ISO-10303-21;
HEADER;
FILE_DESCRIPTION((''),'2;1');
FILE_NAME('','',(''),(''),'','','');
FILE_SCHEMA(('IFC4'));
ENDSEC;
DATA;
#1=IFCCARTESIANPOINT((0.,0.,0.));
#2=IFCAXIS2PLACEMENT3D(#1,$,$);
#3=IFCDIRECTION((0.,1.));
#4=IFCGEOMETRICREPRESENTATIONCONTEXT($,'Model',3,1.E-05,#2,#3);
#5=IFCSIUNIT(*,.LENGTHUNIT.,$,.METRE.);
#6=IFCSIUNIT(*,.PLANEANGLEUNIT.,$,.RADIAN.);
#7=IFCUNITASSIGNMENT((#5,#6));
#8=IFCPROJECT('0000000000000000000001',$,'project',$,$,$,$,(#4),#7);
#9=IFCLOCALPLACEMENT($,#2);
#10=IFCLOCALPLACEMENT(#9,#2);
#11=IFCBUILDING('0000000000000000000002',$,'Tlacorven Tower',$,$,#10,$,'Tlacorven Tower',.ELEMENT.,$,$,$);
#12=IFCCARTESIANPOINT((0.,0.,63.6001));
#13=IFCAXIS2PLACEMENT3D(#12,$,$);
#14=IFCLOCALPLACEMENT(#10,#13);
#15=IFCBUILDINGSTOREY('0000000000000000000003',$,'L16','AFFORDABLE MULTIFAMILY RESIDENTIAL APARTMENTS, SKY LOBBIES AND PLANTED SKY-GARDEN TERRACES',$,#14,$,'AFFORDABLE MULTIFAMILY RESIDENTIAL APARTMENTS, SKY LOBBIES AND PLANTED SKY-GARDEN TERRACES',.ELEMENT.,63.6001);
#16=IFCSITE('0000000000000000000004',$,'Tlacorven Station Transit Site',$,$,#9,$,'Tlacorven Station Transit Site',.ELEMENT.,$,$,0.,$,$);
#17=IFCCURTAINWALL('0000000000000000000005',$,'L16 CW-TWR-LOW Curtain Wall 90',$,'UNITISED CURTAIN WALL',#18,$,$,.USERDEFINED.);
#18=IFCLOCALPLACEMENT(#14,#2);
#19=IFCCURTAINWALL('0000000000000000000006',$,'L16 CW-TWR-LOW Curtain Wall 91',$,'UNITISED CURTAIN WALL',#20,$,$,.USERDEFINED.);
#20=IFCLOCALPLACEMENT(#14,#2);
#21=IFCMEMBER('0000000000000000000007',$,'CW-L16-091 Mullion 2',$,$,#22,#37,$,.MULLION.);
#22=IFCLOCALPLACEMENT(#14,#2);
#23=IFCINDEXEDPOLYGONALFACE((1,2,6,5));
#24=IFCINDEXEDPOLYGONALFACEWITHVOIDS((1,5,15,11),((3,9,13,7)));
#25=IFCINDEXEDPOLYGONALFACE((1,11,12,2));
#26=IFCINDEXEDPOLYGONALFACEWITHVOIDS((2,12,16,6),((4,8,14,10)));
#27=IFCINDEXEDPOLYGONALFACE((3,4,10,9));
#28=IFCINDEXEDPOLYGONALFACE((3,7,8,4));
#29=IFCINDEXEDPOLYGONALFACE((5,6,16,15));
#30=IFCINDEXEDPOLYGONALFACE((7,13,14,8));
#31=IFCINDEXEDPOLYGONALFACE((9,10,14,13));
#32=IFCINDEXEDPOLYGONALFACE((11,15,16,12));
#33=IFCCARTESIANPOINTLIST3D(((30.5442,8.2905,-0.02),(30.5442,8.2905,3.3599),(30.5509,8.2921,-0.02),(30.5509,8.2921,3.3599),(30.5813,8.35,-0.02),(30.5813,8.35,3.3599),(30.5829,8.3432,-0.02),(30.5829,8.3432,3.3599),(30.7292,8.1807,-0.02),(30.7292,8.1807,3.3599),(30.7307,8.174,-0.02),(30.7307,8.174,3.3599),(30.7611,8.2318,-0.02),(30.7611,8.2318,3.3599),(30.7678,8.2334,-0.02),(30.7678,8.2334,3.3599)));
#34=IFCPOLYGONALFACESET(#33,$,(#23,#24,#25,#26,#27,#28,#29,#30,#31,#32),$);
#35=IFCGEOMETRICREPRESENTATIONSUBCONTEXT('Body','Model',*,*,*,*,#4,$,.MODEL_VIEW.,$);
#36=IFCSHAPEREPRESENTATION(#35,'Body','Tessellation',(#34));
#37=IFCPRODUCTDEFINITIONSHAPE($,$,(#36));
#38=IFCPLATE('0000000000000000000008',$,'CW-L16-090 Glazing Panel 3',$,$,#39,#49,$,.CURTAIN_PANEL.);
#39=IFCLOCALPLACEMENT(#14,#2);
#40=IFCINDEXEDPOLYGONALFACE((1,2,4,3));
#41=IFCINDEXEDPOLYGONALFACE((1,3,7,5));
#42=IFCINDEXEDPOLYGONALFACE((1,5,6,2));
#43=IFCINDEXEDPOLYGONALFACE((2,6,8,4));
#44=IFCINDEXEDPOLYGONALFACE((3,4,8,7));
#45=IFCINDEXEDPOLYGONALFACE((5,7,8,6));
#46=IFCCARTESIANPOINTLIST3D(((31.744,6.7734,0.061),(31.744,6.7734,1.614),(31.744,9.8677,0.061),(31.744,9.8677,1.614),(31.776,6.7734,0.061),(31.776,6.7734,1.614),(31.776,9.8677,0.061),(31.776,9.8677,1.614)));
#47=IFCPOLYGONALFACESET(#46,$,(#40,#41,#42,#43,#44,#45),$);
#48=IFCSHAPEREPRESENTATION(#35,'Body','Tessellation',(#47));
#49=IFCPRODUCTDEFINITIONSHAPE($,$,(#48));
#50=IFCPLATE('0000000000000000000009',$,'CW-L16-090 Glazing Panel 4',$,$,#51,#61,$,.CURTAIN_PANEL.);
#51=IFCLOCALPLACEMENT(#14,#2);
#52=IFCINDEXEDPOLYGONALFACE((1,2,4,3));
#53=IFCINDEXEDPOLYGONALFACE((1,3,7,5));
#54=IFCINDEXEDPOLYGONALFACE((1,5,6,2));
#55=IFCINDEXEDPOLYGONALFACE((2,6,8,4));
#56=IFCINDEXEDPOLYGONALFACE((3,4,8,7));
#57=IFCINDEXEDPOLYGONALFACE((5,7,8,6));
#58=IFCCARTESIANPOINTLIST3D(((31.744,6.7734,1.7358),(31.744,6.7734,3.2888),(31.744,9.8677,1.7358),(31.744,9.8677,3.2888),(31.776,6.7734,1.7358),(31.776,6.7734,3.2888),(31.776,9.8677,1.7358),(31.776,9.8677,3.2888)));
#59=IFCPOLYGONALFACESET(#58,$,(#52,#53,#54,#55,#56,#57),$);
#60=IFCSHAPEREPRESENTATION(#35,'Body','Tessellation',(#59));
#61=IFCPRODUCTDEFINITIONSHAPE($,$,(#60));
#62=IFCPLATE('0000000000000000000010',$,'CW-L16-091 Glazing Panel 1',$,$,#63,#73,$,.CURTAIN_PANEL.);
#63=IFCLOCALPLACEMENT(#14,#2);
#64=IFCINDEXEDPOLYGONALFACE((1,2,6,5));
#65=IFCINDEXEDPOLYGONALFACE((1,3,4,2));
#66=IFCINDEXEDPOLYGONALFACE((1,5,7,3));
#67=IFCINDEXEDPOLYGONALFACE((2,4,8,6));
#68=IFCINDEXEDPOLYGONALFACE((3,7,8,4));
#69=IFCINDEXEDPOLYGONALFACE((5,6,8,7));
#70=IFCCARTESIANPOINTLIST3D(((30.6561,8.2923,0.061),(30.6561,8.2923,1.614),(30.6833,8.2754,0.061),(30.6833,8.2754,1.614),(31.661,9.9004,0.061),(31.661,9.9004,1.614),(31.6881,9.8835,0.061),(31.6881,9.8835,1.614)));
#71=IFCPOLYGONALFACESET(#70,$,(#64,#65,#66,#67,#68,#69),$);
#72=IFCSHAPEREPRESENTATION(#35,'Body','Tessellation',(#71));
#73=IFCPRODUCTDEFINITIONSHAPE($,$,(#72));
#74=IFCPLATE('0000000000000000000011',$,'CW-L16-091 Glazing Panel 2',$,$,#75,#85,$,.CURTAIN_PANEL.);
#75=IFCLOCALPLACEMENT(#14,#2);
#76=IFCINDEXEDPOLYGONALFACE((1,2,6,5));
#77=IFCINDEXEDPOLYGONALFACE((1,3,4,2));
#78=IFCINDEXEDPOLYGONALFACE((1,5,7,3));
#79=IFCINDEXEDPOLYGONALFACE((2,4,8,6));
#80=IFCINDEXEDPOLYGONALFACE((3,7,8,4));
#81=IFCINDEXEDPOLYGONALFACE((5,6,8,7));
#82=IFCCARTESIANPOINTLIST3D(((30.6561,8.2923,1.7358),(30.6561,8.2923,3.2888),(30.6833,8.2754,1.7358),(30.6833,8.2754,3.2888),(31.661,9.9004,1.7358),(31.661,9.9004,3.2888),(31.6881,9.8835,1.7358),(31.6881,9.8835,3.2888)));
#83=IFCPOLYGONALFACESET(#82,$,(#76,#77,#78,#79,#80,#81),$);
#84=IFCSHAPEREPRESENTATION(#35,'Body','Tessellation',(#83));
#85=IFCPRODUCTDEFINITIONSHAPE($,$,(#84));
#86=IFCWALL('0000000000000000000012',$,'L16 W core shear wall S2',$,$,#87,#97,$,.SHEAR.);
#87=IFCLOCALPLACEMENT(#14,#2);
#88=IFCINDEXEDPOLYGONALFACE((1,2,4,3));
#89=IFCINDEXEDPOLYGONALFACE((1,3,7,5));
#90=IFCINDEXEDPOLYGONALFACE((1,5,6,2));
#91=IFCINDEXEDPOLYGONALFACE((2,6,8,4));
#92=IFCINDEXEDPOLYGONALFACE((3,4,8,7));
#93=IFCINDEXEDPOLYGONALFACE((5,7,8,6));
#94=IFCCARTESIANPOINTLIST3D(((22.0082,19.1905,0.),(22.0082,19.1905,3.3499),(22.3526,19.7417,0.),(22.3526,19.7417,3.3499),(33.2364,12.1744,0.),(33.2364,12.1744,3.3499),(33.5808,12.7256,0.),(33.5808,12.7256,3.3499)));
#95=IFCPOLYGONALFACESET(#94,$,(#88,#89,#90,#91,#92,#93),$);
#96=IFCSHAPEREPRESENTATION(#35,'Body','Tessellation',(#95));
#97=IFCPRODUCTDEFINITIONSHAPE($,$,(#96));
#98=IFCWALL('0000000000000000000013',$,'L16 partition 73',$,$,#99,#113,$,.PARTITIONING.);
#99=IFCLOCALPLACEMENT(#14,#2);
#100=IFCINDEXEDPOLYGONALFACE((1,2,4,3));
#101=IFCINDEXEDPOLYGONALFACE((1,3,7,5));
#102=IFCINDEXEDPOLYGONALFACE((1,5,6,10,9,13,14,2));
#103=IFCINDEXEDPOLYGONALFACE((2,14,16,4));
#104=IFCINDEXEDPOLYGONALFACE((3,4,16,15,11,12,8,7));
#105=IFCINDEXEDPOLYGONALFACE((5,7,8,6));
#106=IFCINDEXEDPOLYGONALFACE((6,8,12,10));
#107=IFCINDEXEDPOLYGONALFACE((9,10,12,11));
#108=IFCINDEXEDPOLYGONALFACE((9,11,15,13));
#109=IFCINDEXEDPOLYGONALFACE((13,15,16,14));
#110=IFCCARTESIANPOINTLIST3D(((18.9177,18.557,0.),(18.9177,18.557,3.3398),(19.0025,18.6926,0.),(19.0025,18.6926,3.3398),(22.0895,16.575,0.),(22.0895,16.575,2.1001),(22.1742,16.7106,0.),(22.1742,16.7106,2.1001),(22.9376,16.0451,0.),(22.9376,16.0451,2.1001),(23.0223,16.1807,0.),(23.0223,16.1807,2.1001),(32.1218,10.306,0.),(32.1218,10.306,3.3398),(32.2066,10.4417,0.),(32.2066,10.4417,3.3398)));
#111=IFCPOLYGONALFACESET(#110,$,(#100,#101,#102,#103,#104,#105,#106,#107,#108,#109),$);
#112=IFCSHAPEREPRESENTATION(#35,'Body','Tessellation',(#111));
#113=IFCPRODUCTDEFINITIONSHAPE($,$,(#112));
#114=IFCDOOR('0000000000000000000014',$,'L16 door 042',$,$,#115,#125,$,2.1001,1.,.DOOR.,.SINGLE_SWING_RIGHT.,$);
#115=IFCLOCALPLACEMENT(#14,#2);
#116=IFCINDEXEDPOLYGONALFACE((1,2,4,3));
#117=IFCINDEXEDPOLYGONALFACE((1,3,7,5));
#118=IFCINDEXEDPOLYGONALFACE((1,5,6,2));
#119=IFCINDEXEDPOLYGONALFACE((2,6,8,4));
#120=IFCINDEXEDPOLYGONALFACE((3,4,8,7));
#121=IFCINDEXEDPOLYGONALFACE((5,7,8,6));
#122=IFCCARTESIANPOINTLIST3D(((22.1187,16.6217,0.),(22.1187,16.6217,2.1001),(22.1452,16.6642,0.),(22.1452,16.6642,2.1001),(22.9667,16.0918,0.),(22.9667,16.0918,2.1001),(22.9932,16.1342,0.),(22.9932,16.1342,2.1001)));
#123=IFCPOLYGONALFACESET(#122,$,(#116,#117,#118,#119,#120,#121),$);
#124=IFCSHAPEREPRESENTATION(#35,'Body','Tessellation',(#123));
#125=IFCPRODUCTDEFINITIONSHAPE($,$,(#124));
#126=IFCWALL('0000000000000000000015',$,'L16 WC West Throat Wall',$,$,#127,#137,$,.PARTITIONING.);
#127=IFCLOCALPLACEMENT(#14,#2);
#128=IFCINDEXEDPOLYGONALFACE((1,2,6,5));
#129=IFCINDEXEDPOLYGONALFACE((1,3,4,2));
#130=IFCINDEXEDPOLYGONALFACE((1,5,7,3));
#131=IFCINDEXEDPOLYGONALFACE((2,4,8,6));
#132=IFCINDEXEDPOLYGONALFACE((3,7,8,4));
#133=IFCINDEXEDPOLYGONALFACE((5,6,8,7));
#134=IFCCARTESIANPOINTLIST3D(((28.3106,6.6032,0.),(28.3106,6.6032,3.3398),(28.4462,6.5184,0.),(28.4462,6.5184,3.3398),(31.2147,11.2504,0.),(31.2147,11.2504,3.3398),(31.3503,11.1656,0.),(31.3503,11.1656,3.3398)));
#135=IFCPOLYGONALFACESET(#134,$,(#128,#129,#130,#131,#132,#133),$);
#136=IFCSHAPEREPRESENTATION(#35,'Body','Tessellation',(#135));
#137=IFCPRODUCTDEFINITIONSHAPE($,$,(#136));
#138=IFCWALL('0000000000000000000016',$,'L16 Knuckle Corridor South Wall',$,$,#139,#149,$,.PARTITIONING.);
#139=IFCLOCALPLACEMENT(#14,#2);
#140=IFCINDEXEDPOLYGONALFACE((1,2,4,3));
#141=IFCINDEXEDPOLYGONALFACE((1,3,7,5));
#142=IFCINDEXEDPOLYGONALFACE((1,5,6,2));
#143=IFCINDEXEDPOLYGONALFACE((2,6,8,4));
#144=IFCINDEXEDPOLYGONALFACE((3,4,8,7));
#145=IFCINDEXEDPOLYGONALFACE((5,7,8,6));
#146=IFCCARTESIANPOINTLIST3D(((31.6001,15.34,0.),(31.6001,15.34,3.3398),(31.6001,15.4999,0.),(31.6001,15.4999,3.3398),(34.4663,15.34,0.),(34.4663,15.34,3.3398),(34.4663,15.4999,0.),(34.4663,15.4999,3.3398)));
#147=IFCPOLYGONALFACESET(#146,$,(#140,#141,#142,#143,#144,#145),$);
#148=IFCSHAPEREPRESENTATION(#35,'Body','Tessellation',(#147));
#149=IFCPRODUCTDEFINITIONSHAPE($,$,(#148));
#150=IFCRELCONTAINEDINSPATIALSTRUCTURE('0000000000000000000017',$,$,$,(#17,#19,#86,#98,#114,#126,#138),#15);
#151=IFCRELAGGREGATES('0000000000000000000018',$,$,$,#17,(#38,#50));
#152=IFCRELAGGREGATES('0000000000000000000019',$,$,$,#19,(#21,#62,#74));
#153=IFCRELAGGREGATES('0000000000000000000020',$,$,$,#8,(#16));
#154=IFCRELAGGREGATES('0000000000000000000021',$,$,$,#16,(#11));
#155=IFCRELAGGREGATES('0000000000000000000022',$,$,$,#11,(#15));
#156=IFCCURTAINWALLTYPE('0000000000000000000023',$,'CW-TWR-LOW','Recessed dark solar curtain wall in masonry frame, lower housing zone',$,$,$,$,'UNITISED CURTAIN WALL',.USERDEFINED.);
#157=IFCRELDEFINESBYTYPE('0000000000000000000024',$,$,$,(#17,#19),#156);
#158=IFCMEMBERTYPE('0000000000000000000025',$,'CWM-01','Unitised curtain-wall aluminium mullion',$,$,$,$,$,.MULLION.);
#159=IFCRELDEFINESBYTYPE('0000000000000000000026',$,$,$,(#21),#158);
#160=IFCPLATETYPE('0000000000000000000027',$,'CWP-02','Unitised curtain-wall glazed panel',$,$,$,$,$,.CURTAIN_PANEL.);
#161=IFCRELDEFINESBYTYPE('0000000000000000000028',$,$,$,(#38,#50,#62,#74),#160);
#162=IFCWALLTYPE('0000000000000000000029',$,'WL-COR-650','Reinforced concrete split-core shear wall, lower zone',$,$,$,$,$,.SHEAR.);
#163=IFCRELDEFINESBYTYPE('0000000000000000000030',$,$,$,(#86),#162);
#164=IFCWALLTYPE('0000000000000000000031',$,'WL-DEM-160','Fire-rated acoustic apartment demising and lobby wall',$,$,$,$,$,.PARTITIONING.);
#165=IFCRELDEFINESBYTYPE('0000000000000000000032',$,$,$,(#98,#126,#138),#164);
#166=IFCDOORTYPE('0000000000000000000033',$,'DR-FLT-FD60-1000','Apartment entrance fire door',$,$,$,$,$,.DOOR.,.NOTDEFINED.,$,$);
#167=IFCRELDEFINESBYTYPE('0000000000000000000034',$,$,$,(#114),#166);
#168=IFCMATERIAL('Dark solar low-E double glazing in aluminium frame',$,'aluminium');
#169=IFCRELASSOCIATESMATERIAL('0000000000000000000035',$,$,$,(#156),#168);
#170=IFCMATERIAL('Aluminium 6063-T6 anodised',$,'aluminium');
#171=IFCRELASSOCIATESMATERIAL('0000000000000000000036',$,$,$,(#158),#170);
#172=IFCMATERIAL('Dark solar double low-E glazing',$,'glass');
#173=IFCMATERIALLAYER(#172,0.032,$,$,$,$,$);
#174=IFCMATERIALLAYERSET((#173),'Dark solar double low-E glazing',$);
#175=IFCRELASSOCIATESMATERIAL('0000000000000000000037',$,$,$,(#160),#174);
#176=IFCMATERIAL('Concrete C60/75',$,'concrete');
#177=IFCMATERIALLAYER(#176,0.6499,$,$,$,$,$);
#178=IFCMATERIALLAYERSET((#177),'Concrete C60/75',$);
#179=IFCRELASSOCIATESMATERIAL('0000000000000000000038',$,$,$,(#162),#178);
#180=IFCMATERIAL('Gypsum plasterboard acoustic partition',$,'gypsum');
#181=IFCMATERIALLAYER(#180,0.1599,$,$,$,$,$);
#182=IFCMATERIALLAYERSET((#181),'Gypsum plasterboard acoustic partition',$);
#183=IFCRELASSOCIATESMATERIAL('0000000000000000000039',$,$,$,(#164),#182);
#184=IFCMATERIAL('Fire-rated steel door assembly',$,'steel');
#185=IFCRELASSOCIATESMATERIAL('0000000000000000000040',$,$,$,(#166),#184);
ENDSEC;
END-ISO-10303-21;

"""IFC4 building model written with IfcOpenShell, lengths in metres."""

from ifc_helpers import new_model, si_unit, direction, frame, frame_2d, origin, origin_2d, place, context, subcontext, project, spatial, rectangle, hollow_rectangle, extrude, source, transform, mapped, material, layer, layer_set, material_profile, profile_set, type_object, element, fill, aggregate, save


model = new_model("IFC4")

# Units and contexts
model_context = context("Model", 3, precision=1e-05, world=origin(), true_north=direction((0.0, 1.0)))
body_context = subcontext(model_context, "Body", "Model", "MODEL_VIEW")
ifc_project = project(units=[si_unit("LENGTHUNIT", "METRE"), si_unit("PLANEANGLEUNIT", "RADIAN")], contexts=[model_context])

# Site, building, storey
site_placement = place(None, origin())
site = spatial("IfcSite", under=ifc_project, at=site_placement, Name="Tlacorven Station Transit Site", LongName="Tlacorven Station Transit Site", CompositionType="ELEMENT", RefElevation=0.0)
building_placement = place(site_placement, origin())
building = spatial("IfcBuilding", under=site, at=building_placement, Name="Tlacorven Tower", LongName="Tlacorven Tower", CompositionType="ELEMENT")
storey_placement = place(building_placement, frame((0.0, 0.0, 63.6001)))
storey = spatial("IfcBuildingStorey", under=building, at=storey_placement, Name="L16", Description="AFFORDABLE MULTIFAMILY RESIDENTIAL APARTMENTS, SKY LOBBIES AND PLANTED SKY-GARDEN TERRACES", LongName="AFFORDABLE MULTIFAMILY RESIDENTIAL APARTMENTS, SKY LOBBIES AND PLANTED SKY-GARDEN TERRACES", CompositionType="ELEMENT", Elevation=63.6001)

# Curtain wall
ifc_material_1 = material(Name="Dark solar low-E double glazing in aluminium frame", Category="aluminium")
curtain_wall_type = type_object("IfcCurtainWallType", Name="CW-TWR-LOW", Description="Recessed dark solar curtain wall in masonry frame, lower housing zone", ElementType="UNITISED CURTAIN WALL", PredefinedType="USERDEFINED", material=ifc_material_1)
curtain_wall_1_placement = place(storey_placement, origin())
curtain_wall_1 = element("IfcCurtainWall", 1, at=curtain_wall_1_placement, inside=storey, type_object=curtain_wall_type, Name="L16 CW-TWR-LOW Curtain Wall 90", ObjectType="UNITISED CURTAIN WALL", PredefinedType="USERDEFINED")
ifc_material_2 = material(Name="Aluminium 6063-T6 anodised", Category="aluminium")

# Curtain wall
curtain_wall_2_placement = place(storey_placement, origin())
curtain_wall_2 = element("IfcCurtainWall", 2, at=curtain_wall_2_placement, inside=storey, type_object=curtain_wall_type, Name="L16 CW-TWR-LOW Curtain Wall 91", ObjectType="UNITISED CURTAIN WALL", PredefinedType="USERDEFINED")

# Member
ifc_material_profile_1 = material_profile(ifc_material_2, hollow_rectangle(XDim=0.0701, YDim=0.22, WallThickness=0.0049, at=origin_2d()), Name="ALU MULLION 70X220")
ifc_profile_set_1 = profile_set([ifc_material_profile_1], Name="Aluminium 6063-T6 anodised")
member_type_1 = type_object("IfcMemberType", Name="CWM-01", Description="Unitised curtain-wall aluminium mullion", PredefinedType="MULLION", material=ifc_profile_set_1)
shared_shape_1 = source(origin(), body_context, "Body", "SweptSolid", [
    extrude(hollow_rectangle(XDim=0.0701, YDim=0.22, WallThickness=0.0049, at=origin_2d()), origin(), (0.0, 0.0, 1.0), 3.3799),
])
member_1_placement = place(storey_placement, frame((30.656, 8.262, -0.02), z_axis=(0.0, 0.0, 1.0), x_axis=(-0.529919, -0.848048, 0.0)))
member_1 = element("IfcMember", 3, at=member_1_placement, type_object=member_type_1, Name="CW-L16-091 Mullion 2", PredefinedType="MULLION", context=body_context, shape_type="MappedRepresentation", body=[
    mapped(shared_shape_1, transform((0.0, 0.0, 0.0), scale=1.0)),
])

# Plates
ifc_material_3 = material(Name="Dark solar double low-E glazing", Category="glass")
ifc_layer_1 = layer(ifc_material_3, 0.032)
ifc_layer_set_1 = layer_set([ifc_layer_1], Name="Dark solar double low-E glazing")
plate_type = type_object("IfcPlateType", Name="CWP-02", Description="Unitised curtain-wall glazed panel", PredefinedType="CURTAIN_PANEL", material=ifc_layer_set_1)
shared_shape_2 = source(origin(), body_context, "Body", "SweptSolid", [
    extrude(rectangle(XDim=3.0942, YDim=0.032, at=origin_2d()), origin(), (0.0, 0.0, 1.0), 1.553),
])
plate_1_placement = place(storey_placement, frame((31.76, 8.3206, 0.061), z_axis=(0.0, 0.0, 1.0), x_axis=(0.0, 1.0, 0.0)))
plate_1 = element("IfcPlate", 4, at=plate_1_placement, type_object=plate_type, Name="CW-L16-090 Glazing Panel 3", PredefinedType="CURTAIN_PANEL", context=body_context, shape_type="MappedRepresentation", body=[
    mapped(shared_shape_2, transform((0.0, 0.0, 0.0), scale=1.0)),
])
plate_2_placement = place(storey_placement, frame((31.76, 8.3206, 1.7358), z_axis=(0.0, 0.0, 1.0), x_axis=(0.0, 1.0, 0.0)))
plate_2 = element("IfcPlate", 5, at=plate_2_placement, type_object=plate_type, Name="CW-L16-090 Glazing Panel 4", PredefinedType="CURTAIN_PANEL", context=body_context, shape_type="MappedRepresentation", body=[
    mapped(shared_shape_2, transform((0.0, 0.0, 0.0), scale=1.0)),
])
aggregate(curtain_wall_1, [plate_1, plate_2])
shared_shape_3 = source(origin(), body_context, "Body", "SweptSolid", [
    extrude(rectangle(XDim=1.8962, YDim=0.032, at=origin_2d()), origin(), (0.0, 0.0, 1.0), 1.553),
])
plate_3_placement = place(storey_placement, frame((31.1721, 9.0879, 0.061), z_axis=(0.0, 0.0, 1.0), x_axis=(-0.529919, -0.848048, 0.0)))
plate_3 = element("IfcPlate", 6, at=plate_3_placement, type_object=plate_type, Name="CW-L16-091 Glazing Panel 1", PredefinedType="CURTAIN_PANEL", context=body_context, shape_type="MappedRepresentation", body=[
    mapped(shared_shape_3, transform((0.0, 0.0, 0.0), scale=1.0)),
])
plate_4_placement = place(storey_placement, frame((31.1721, 9.0879, 1.7358), z_axis=(0.0, 0.0, 1.0), x_axis=(-0.529919, -0.848048, 0.0)))
plate_4 = element("IfcPlate", 7, at=plate_4_placement, type_object=plate_type, Name="CW-L16-091 Glazing Panel 2", PredefinedType="CURTAIN_PANEL", context=body_context, shape_type="MappedRepresentation", body=[
    mapped(shared_shape_3, transform((0.0, 0.0, 0.0), scale=1.0)),
])
aggregate(curtain_wall_2, [member_1, plate_3, plate_4])

# Wall
ifc_material_4 = material(Name="Concrete C60/75", Category="concrete")
ifc_layer_2 = layer(ifc_material_4, 0.6499)
ifc_layer_set_2 = layer_set([ifc_layer_2], Name="Concrete C60/75")
wall_type_1 = type_object("IfcWallType", Name="WL-COR-650", Description="Reinforced concrete split-core shear wall, lower zone", PredefinedType="SHEAR", material=ifc_layer_set_2)
wall_1_placement = place(storey_placement, frame((33.4087, 12.45, 0.0), z_axis=(0.0, 0.0, 1.0), x_axis=(-0.848051, 0.529914, 0.0)))
element("IfcWall", 8, at=wall_1_placement, inside=storey, type_object=wall_type_1, Name="L16 W core shear wall S2", PredefinedType="SHEAR", context=body_context, shape_type="SweptSolid", body=[
    extrude(rectangle(XDim=13.24, YDim=0.6499, at=frame_2d((6.6201, 0.0))), origin(), (0.0, 0.0, 1.0), 3.3499),
])

# Wall, opening, door
ifc_material_5 = material(Name="Gypsum plasterboard acoustic partition", Category="gypsum")
ifc_layer_3 = layer(ifc_material_5, 0.1599)
ifc_layer_set_3 = layer_set([ifc_layer_3], Name="Gypsum plasterboard acoustic partition")
wall_type_2 = type_object("IfcWallType", Name="WL-DEM-160", Description="Fire-rated acoustic apartment demising and lobby wall", PredefinedType="PARTITIONING", material=ifc_layer_set_3)
wall_2_placement = place(storey_placement, frame((32.1643, 10.3738, 0.0), z_axis=(0.0, 0.0, 1.0), x_axis=(-0.848044, 0.529926, 0.0)))
wall_2 = element("IfcWall", 9, at=wall_2_placement, inside=storey, type_object=wall_type_2, Name="L16 partition 73", PredefinedType="PARTITIONING", context=body_context, shape_type="SweptSolid", body=[
    extrude(rectangle(XDim=15.5701, YDim=0.1599, at=frame_2d((7.7852, 0.0))), origin(), (0.0, 0.0, 1.0), 3.3398),
])
opening_1_placement = place(wall_2_placement, frame((10.8301, 0.0, 0.0)))
opening_1 = element("IfcOpeningElement", 10, at=opening_1_placement, cuts=wall_2, PredefinedType="OPENING", context=body_context, shape_type="SweptSolid", body=[
    extrude(rectangle(XDim=1.0, YDim=2.1001, at=frame_2d((0.5, 1.05))), frame((0.0, 0.0898, 0.0), z_axis=(0.0, -1.0, 0.0), x_axis=(1.0, 0.0, 0.0)), (0.0, 0.0, 1.0), 0.1799),
])
ifc_material_6 = material(Name="Fire-rated steel door assembly", Category="steel")
door_type_1 = type_object("IfcDoorType", Name="DR-FLT-FD60-1000", Description="Apartment entrance fire door", OperationType="NOTDEFINED", PredefinedType="DOOR", material=ifc_material_6)
shared_shape_4 = source(origin(), body_context, "Body", "SweptSolid", [
    extrude(rectangle(XDim=1.0, YDim=2.1001, at=frame_2d((0.5, 1.05))), frame((0.0, 0.0249, 0.0), z_axis=(0.0, -1.0, 0.0), x_axis=(1.0, 0.0, 0.0)), (0.0, 0.0, 1.0), 0.05),
])
door_1_placement = place(opening_1_placement, origin())
door_1 = element("IfcDoor", 11, at=door_1_placement, inside=storey, type_object=door_type_1, Name="L16 door 042", OperationType="SINGLE_SWING_RIGHT", OverallHeight=2.1001, OverallWidth=1.0, PredefinedType="DOOR", context=body_context, shape_type="MappedRepresentation", body=[
    mapped(shared_shape_4, transform((0.0, 0.0, 0.0), scale=1.0)),
])
fill(opening_1, door_1)

# Walls
wall_3_placement = place(storey_placement, frame((31.2825, 11.208, 0.0), z_axis=(0.0, 0.0, 1.0), x_axis=(-0.529939, -0.848036, 0.0)))
element("IfcWall", 12, at=wall_3_placement, inside=storey, type_object=wall_type_2, Name="L16 WC West Throat Wall", PredefinedType="PARTITIONING", context=body_context, shape_type="SweptSolid", body=[
    extrude(rectangle(XDim=5.48, YDim=0.1599, at=frame_2d((2.74, 0.0))), origin(), (0.0, 0.0, 1.0), 3.3398),
])
wall_4_placement = place(storey_placement, frame((31.6001, 15.4199, 0.0), z_axis=(0.0, 0.0, 1.0), x_axis=(1.0, 0.0, 0.0)))
element("IfcWall", 13, at=wall_4_placement, inside=storey, type_object=wall_type_2, Name="L16 Knuckle Corridor South Wall", PredefinedType="PARTITIONING", context=body_context, shape_type="SweptSolid", body=[
    extrude(rectangle(XDim=2.8662, YDim=0.1599, at=frame_2d((1.4331, 0.0))), origin(), (0.0, 0.0, 1.0), 3.3398),
])

save(model, "model.ifc")
